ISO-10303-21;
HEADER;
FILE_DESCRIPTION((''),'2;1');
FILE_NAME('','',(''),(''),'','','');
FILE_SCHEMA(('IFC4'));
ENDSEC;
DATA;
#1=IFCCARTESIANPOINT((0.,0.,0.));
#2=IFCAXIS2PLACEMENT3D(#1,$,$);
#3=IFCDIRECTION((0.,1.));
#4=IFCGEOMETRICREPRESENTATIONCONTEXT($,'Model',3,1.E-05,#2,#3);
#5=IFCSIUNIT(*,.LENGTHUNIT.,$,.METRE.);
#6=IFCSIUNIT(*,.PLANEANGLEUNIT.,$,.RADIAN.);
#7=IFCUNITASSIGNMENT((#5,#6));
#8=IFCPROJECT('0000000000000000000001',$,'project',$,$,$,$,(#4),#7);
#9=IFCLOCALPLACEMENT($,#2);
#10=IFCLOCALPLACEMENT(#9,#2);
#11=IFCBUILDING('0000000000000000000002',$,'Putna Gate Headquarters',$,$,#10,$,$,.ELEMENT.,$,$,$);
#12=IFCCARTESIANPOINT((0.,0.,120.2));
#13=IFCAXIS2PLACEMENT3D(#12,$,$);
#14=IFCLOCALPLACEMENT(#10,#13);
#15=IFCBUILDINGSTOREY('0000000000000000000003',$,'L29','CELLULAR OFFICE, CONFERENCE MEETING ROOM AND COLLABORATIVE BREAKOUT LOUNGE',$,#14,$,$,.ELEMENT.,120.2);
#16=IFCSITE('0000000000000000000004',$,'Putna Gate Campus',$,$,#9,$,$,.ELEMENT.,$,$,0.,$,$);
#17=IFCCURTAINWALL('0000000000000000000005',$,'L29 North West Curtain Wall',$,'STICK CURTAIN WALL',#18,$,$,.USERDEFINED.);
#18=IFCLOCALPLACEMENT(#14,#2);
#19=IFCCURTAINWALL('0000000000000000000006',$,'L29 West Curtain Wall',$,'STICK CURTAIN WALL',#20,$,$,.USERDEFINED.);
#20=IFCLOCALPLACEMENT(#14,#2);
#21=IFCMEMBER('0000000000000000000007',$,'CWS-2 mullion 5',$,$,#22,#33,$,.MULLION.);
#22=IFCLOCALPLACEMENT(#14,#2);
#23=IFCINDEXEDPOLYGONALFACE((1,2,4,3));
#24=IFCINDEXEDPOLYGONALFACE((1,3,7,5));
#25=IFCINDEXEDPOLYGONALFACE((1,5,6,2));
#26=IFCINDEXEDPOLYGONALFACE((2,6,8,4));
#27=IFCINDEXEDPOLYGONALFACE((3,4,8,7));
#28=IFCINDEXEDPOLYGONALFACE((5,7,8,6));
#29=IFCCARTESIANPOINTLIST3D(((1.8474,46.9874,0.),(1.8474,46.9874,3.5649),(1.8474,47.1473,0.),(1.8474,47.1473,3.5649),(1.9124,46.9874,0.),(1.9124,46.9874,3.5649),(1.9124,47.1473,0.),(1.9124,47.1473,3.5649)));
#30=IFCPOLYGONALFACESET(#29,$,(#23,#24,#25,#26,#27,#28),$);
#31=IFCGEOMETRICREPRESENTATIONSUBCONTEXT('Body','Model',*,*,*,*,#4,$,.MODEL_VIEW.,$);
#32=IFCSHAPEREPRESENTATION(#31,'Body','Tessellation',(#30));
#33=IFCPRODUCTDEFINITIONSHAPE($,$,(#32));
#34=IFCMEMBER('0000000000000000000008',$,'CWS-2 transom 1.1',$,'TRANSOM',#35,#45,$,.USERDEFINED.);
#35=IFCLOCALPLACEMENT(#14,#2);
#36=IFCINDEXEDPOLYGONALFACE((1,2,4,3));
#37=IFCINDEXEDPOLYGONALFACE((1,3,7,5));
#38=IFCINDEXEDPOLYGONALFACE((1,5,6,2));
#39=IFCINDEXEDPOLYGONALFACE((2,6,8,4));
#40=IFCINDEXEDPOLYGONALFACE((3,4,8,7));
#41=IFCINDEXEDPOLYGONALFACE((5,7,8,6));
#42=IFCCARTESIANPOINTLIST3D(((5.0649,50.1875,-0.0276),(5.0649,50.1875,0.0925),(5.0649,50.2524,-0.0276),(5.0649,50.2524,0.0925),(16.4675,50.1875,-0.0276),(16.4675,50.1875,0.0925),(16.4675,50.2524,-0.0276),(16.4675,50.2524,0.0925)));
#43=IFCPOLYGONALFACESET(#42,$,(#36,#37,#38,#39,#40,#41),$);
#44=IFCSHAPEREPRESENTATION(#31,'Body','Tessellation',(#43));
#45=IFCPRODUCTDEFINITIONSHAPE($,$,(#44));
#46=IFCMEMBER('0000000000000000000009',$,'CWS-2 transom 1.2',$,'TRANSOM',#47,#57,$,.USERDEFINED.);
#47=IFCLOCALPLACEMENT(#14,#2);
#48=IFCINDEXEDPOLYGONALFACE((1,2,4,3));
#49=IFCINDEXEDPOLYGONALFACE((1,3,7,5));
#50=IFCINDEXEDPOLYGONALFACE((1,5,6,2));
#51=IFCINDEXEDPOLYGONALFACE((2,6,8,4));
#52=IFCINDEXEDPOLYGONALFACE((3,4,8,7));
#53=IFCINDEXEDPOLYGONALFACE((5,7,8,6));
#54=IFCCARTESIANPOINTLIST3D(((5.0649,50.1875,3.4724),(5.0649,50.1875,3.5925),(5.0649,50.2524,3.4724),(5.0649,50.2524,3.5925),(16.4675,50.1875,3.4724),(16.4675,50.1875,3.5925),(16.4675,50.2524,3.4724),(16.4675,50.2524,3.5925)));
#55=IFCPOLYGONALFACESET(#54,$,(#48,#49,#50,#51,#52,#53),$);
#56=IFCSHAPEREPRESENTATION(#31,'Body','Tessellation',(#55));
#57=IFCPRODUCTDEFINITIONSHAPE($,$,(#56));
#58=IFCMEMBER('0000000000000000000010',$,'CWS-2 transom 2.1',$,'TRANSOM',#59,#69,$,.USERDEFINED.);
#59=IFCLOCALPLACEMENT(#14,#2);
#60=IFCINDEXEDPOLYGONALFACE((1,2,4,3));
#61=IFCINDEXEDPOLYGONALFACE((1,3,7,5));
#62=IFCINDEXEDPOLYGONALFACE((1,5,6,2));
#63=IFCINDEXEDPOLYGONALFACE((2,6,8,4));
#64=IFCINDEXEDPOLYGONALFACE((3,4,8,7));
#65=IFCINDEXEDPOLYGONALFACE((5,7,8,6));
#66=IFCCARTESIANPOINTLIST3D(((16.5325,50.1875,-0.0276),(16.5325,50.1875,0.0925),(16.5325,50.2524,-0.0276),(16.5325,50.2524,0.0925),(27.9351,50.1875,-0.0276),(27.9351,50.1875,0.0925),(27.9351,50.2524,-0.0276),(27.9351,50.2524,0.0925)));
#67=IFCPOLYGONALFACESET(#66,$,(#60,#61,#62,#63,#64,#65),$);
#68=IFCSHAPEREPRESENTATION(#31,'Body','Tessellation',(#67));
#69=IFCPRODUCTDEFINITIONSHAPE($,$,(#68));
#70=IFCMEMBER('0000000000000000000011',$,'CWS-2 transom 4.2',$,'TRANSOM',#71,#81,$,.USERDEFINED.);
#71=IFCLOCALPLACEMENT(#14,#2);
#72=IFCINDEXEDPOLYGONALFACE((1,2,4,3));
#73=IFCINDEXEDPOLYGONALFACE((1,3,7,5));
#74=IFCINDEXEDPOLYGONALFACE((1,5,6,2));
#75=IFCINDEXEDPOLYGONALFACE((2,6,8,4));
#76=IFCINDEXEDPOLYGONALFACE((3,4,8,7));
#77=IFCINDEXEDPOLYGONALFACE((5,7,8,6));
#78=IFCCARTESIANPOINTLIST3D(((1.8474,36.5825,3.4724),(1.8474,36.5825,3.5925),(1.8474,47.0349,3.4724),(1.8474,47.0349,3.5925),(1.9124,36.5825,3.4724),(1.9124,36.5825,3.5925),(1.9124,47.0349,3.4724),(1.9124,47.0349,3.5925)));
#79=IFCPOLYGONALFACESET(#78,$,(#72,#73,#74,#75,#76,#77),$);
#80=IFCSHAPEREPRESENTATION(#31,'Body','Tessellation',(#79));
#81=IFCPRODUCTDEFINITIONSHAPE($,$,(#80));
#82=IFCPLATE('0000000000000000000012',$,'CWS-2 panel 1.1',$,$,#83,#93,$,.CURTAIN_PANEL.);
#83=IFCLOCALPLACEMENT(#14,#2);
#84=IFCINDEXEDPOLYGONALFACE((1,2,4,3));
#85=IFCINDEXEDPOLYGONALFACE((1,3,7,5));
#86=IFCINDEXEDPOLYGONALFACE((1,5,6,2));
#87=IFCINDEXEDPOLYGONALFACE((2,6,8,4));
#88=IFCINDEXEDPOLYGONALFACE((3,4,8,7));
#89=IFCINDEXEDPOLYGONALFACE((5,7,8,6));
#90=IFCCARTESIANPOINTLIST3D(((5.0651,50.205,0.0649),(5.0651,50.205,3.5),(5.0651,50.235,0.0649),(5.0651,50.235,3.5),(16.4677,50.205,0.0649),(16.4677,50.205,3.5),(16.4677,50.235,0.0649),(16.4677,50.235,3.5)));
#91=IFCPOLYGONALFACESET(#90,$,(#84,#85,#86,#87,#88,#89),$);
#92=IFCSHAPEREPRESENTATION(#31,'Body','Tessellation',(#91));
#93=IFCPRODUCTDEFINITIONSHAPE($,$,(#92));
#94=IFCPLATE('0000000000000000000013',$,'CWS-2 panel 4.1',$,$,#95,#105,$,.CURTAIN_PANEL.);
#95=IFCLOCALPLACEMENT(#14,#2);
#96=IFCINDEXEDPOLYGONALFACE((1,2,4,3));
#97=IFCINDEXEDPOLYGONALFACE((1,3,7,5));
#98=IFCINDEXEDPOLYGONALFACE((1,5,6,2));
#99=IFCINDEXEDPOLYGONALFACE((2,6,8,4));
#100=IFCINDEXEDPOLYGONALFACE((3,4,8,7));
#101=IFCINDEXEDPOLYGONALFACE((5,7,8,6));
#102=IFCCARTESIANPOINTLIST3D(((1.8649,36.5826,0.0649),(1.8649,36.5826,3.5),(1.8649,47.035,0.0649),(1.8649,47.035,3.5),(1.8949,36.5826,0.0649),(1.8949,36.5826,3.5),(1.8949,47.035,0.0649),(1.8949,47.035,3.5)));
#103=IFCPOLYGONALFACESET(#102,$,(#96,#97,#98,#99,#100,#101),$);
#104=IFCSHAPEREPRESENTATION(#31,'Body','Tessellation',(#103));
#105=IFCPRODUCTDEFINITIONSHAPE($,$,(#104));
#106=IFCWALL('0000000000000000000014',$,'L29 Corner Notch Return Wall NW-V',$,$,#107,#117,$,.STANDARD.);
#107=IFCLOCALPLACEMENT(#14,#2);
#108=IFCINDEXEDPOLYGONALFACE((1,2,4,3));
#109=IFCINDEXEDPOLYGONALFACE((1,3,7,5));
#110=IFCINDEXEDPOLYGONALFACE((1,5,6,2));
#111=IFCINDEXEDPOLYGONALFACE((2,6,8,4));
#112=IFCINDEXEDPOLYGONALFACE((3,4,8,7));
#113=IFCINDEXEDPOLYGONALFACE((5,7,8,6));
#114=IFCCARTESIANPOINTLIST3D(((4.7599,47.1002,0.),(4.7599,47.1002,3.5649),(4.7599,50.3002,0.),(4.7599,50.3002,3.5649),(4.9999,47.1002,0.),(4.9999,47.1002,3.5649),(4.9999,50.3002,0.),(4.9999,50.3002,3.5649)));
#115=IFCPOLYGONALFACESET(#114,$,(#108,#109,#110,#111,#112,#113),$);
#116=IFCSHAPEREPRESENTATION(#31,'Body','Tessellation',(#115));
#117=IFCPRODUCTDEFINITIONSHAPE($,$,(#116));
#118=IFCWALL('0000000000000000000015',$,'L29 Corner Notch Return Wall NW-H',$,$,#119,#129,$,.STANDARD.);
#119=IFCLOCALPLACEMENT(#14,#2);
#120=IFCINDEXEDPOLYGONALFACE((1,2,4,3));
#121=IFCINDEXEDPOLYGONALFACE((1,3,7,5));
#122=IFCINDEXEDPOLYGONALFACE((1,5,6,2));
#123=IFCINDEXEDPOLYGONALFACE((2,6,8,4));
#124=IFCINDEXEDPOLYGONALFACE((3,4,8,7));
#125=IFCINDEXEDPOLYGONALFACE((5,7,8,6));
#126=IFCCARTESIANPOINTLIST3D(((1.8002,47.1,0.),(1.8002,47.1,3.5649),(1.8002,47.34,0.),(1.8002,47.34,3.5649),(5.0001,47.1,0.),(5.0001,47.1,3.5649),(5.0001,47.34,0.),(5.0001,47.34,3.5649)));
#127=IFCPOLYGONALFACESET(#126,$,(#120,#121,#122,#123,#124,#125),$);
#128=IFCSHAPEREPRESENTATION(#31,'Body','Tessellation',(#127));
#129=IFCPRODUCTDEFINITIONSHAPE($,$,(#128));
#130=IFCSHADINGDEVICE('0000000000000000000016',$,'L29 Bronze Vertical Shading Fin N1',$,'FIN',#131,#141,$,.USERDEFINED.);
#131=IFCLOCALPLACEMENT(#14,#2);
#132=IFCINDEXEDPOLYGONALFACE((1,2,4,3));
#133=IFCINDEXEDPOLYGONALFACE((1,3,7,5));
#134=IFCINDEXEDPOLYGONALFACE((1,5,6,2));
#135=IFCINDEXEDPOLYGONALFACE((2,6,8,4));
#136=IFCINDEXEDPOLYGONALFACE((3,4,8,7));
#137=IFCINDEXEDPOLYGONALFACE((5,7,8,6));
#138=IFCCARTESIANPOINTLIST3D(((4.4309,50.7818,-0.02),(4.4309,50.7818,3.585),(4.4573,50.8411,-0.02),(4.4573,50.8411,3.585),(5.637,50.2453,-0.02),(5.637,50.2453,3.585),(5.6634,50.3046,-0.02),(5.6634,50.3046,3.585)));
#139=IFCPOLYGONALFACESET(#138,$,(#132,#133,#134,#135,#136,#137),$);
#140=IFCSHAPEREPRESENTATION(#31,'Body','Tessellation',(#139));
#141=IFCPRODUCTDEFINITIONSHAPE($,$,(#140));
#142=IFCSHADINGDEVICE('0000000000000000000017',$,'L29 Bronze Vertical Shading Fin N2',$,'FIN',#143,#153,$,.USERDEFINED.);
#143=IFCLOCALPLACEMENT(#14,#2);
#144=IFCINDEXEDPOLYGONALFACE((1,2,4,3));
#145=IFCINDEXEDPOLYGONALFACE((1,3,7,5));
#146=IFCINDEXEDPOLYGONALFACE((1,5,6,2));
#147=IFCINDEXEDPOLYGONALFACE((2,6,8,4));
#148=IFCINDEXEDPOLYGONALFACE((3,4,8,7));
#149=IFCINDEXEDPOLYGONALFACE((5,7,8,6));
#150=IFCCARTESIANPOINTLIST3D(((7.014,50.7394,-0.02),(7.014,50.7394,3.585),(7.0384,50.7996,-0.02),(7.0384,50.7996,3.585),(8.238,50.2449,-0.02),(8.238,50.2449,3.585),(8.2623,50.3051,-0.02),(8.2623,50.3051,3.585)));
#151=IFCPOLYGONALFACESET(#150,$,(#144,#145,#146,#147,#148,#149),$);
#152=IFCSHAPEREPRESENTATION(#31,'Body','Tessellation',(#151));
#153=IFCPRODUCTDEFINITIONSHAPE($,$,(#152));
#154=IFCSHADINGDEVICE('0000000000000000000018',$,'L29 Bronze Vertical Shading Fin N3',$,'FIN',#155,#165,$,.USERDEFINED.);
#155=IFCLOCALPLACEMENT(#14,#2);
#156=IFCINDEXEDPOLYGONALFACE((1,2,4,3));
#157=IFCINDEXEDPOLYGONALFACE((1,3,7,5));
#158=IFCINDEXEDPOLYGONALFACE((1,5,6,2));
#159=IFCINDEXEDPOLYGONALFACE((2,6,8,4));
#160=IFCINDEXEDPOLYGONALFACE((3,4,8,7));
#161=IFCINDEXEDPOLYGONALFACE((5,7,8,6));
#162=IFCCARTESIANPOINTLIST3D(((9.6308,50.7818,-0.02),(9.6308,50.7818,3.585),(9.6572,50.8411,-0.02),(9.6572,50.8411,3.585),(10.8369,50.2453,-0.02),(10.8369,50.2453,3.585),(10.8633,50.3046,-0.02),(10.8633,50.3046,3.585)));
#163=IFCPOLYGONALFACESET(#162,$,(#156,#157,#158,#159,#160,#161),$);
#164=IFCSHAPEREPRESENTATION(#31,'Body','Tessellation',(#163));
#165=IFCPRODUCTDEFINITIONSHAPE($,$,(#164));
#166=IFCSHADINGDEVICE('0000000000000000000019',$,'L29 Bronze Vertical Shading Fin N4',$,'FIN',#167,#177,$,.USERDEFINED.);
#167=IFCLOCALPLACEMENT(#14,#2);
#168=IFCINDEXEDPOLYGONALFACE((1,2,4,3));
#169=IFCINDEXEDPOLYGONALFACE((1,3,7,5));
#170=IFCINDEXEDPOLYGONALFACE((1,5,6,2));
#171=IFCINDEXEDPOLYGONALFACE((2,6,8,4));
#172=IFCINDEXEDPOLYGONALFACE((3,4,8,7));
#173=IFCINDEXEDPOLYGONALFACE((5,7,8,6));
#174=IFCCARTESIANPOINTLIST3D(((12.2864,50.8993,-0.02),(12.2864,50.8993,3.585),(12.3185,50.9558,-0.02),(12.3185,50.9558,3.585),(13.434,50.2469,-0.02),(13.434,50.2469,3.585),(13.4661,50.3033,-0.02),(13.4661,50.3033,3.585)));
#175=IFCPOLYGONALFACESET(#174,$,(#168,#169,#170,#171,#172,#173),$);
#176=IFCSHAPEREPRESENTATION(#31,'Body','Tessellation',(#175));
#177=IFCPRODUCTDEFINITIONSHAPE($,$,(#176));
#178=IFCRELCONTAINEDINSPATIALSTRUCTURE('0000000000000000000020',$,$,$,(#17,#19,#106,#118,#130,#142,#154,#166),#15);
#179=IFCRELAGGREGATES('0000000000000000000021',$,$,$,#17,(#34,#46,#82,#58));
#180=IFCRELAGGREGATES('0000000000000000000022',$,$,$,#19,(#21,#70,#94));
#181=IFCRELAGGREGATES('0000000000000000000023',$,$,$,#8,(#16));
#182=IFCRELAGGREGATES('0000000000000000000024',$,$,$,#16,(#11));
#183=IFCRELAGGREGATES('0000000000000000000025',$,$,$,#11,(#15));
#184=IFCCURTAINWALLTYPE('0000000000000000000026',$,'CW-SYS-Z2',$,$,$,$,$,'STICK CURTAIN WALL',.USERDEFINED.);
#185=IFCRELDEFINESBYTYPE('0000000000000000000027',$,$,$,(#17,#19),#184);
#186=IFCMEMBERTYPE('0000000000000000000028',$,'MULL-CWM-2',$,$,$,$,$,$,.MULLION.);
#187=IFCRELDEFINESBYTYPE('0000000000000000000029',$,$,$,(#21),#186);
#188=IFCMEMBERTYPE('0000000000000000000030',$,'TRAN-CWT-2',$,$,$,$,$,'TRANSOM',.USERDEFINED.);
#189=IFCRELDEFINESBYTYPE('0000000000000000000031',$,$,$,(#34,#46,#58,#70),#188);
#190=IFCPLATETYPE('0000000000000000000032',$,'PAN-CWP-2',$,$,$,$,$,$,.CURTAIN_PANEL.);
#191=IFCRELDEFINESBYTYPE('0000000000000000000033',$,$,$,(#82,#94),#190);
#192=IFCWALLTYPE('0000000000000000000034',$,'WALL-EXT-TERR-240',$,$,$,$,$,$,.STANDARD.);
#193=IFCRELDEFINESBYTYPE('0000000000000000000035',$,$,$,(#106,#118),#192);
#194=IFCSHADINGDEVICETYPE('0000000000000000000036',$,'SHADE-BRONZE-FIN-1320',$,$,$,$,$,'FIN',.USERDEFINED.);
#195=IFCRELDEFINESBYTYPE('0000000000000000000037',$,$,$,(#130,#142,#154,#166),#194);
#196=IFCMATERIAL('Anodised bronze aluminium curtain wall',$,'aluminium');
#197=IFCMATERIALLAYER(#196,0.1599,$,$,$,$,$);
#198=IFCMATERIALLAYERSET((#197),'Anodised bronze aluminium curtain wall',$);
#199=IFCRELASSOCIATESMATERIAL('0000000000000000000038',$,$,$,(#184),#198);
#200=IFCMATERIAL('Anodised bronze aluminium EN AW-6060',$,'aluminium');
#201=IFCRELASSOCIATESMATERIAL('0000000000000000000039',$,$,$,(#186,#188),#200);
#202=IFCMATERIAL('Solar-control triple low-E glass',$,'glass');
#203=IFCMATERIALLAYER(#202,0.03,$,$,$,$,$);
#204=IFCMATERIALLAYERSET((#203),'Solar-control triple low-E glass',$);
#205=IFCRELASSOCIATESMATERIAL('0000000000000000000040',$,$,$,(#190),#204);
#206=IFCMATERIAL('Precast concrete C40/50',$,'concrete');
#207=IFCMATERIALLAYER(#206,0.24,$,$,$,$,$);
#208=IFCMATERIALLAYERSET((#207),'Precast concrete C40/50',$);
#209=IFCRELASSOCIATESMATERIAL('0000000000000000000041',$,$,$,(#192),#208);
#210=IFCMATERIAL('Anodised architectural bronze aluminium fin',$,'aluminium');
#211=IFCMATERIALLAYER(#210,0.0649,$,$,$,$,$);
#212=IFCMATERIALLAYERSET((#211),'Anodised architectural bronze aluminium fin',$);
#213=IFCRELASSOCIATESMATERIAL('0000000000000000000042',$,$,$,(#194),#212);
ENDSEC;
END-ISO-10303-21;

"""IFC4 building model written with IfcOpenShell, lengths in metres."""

from ifc_helpers import new_model, si_unit, direction, frame, frame_2d, origin, origin_2d, place, context, subcontext, project, spatial, rectangle, extrude, material, layer, layer_set, material_profile, profile_set, type_object, element, aggregate, save


model = new_model("IFC4")

# Units and contexts
model_context = context("Model", 3, precision=1e-05, world=origin(), true_north=direction((0.0, 1.0)))
body_context = subcontext(model_context, "Body", "Model", "MODEL_VIEW")
ifc_project = project(units=[si_unit("LENGTHUNIT", "METRE"), si_unit("PLANEANGLEUNIT", "RADIAN")], contexts=[model_context])

# Site, building, storey
site_placement = place(None, origin())
site = spatial("IfcSite", under=ifc_project, at=site_placement, Name="Putna Gate Campus", CompositionType="ELEMENT", RefElevation=0.0)
building_placement = place(site_placement, origin())
building = spatial("IfcBuilding", under=site, at=building_placement, Name="Putna Gate Headquarters", CompositionType="ELEMENT")
storey_placement = place(building_placement, frame((0.0, 0.0, 120.2)))
storey = spatial("IfcBuildingStorey", under=building, at=storey_placement, Name="L29", Description="CELLULAR OFFICE, CONFERENCE MEETING ROOM AND COLLABORATIVE BREAKOUT LOUNGE", CompositionType="ELEMENT", Elevation=120.2)

# Curtain wall
ifc_material_1 = material(Name="Anodised bronze aluminium curtain wall", Category="aluminium")
ifc_layer_1 = layer(ifc_material_1, 0.1599)
ifc_layer_set_1 = layer_set([ifc_layer_1], Name="Anodised bronze aluminium curtain wall")
curtain_wall_type = type_object("IfcCurtainWallType", Name="CW-SYS-Z2", ElementType="STICK CURTAIN WALL", PredefinedType="USERDEFINED", material=ifc_layer_set_1)
curtain_wall_1_placement = place(storey_placement, origin())
curtain_wall_1 = element("IfcCurtainWall", 1, at=curtain_wall_1_placement, inside=storey, type_object=curtain_wall_type, Name="L29 North West Curtain Wall", ObjectType="STICK CURTAIN WALL", PredefinedType="USERDEFINED")
ifc_material_2 = material(Name="Anodised bronze aluminium EN AW-6060", Category="aluminium")
ifc_material_profile_1 = material_profile(ifc_material_2, rectangle(XDim=0.0649, YDim=0.1599, at=origin_2d()), Name="Anodised bronze aluminium EN AW-6060")
ifc_profile_set_1 = profile_set([ifc_material_profile_1], Name="Anodised bronze aluminium EN AW-6060")
member_type_1 = type_object("IfcMemberType", Name="MULL-CWM-2", PredefinedType="MULLION", material=ifc_profile_set_1)

# Curtain wall, member
curtain_wall_2_placement = place(storey_placement, origin())
curtain_wall_2 = element("IfcCurtainWall", 2, at=curtain_wall_2_placement, inside=storey, type_object=curtain_wall_type, Name="L29 West Curtain Wall", ObjectType="STICK CURTAIN WALL", PredefinedType="USERDEFINED")
member_1_placement = place(storey_placement, frame((1.8799, 47.0674, 0.0), z_axis=(0.0, 0.0, 1.0), x_axis=(-1.0, 0.0, 0.0)))
member_1 = element("IfcMember", 3, at=member_1_placement, type_object=member_type_1, Name="CWS-2 mullion 5", PredefinedType="MULLION", context=body_context, shape_type="SweptSolid", body=[
    extrude(rectangle(XDim=0.0649, YDim=0.1599, at=origin_2d()), origin(), (0.0, 0.0, 1.0), 3.5649),
])

# Members
ifc_material_profile_2 = material_profile(ifc_material_2, rectangle(XDim=0.0649, YDim=0.1201, at=origin_2d()), Name="Anodised bronze aluminium EN AW-6060")
ifc_profile_set_2 = profile_set([ifc_material_profile_2], Name="Anodised bronze aluminium EN AW-6060")
member_type_2 = type_object("IfcMemberType", Name="TRAN-CWT-2", ElementType="TRANSOM", PredefinedType="USERDEFINED", material=ifc_profile_set_2)
member_2_placement = place(storey_placement, frame((5.0649, 50.22, 0.0325), z_axis=(1.0, 0.0, 0.0), x_axis=(0.0, 1.0, 0.0)))
member_2 = element("IfcMember", 4, at=member_2_placement, type_object=member_type_2, Name="CWS-2 transom 1.1", ObjectType="TRANSOM", PredefinedType="USERDEFINED", context=body_context, shape_type="SweptSolid", body=[
    extrude(rectangle(XDim=0.0649, YDim=0.1201, at=origin_2d()), origin(), (0.0, 0.0, 1.0), 11.4026),
])
member_3_placement = place(storey_placement, frame((5.0649, 50.22, 3.5325), z_axis=(1.0, 0.0, 0.0), x_axis=(0.0, 1.0, 0.0)))
member_3 = element("IfcMember", 5, at=member_3_placement, type_object=member_type_2, Name="CWS-2 transom 1.2", ObjectType="TRANSOM", PredefinedType="USERDEFINED", context=body_context, shape_type="SweptSolid", body=[
    extrude(rectangle(XDim=0.0649, YDim=0.1201, at=origin_2d()), origin(), (0.0, 0.0, 1.0), 11.4026),
])
member_4_placement = place(storey_placement, frame((16.5325, 50.22, 0.0325), z_axis=(1.0, 0.0, 0.0), x_axis=(0.0, 1.0, 0.0)))
member_4 = element("IfcMember", 6, at=member_4_placement, type_object=member_type_2, Name="CWS-2 transom 2.1", ObjectType="TRANSOM", PredefinedType="USERDEFINED", context=body_context, shape_type="SweptSolid", body=[
    extrude(rectangle(XDim=0.0649, YDim=0.1201, at=origin_2d()), origin(), (0.0, 0.0, 1.0), 11.4026),
])
member_5_placement = place(storey_placement, frame((1.8799, 36.5825, 3.5325), z_axis=(0.0, 1.0, 0.0), x_axis=(-1.0, 0.0, 0.0)))
member_5 = element("IfcMember", 7, at=member_5_placement, type_object=member_type_2, Name="CWS-2 transom 4.2", ObjectType="TRANSOM", PredefinedType="USERDEFINED", context=body_context, shape_type="SweptSolid", body=[
    extrude(rectangle(XDim=0.0649, YDim=0.1201, at=origin_2d()), origin(), (0.0, 0.0, 1.0), 10.4524),
])

# Plates
ifc_material_3 = material(Name="Solar-control triple low-E glass", Category="glass")
ifc_layer_2 = layer(ifc_material_3, 0.03)
ifc_layer_set_2 = layer_set([ifc_layer_2], Name="Solar-control triple low-E glass")
plate_type = type_object("IfcPlateType", Name="PAN-CWP-2", PredefinedType="CURTAIN_PANEL", material=ifc_layer_set_2)
plate_1_placement = place(storey_placement, frame((10.7664, 50.22, 0.0649), z_axis=(0.0, 0.0, 1.0), x_axis=(1.0, 0.0, 0.0)))
plate_1 = element("IfcPlate", 8, at=plate_1_placement, type_object=plate_type, Name="CWS-2 panel 1.1", PredefinedType="CURTAIN_PANEL", context=body_context, shape_type="SweptSolid", body=[
    extrude(rectangle(XDim=11.4026, YDim=0.03, at=origin_2d()), origin(), (0.0, 0.0, 1.0), 3.4351),
])
aggregate(curtain_wall_1, [member_2, member_3, plate_1, member_4])
plate_2_placement = place(storey_placement, frame((1.8799, 41.8088, 0.0649), z_axis=(0.0, 0.0, 1.0), x_axis=(0.0, 1.0, 0.0)))
plate_2 = element("IfcPlate", 9, at=plate_2_placement, type_object=plate_type, Name="CWS-2 panel 4.1", PredefinedType="CURTAIN_PANEL", context=body_context, shape_type="SweptSolid", body=[
    extrude(rectangle(XDim=10.4524, YDim=0.03, at=origin_2d()), origin(), (0.0, 0.0, 1.0), 3.4351),
])
aggregate(curtain_wall_2, [member_1, member_5, plate_2])

# Walls
ifc_material_4 = material(Name="Precast concrete C40/50", Category="concrete")
ifc_layer_3 = layer(ifc_material_4, 0.24)
ifc_layer_set_3 = layer_set([ifc_layer_3], Name="Precast concrete C40/50")
wall_type = type_object("IfcWallType", Name="WALL-EXT-TERR-240", PredefinedType="STANDARD", material=ifc_layer_set_3)
for number, where, z_axis, x_axis, name in (
    (10, (4.8799, 47.1001, 0.0), (0.0, 0.0, 1.0), (0.0, 1.0, 0.0), "L29 Corner Notch Return Wall NW-V"),
    (11, (1.8, 47.22, 0.0), (0.0, 0.0, 1.0), (1.0, 0.0, 0.0), "L29 Corner Notch Return Wall NW-H"),
):
    element("IfcWall", number, at=place(storey_placement, frame(where, z_axis=z_axis, x_axis=x_axis)), inside=storey, type_object=wall_type, Name=name, PredefinedType="STANDARD", context=body_context, shape_type="SweptSolid", body=[
        extrude(rectangle(XDim=3.2, YDim=0.24, at=frame_2d((1.6001, 0.0))), origin(), (0.0, 0.0, 1.0), 3.5649),
    ])

# Shading devices
ifc_material_5 = material(Name="Anodised architectural bronze aluminium fin", Category="aluminium")
ifc_layer_4 = layer(ifc_material_5, 0.0649)
ifc_layer_set_4 = layer_set([ifc_layer_4], Name="Anodised architectural bronze aluminium fin")
shading_device_type = type_object("IfcShadingDeviceType", Name="SHADE-BRONZE-FIN-1320", ElementType="FIN", PredefinedType="USERDEFINED", material=ifc_layer_set_4)
for number, where, z_axis, x_axis, name in (
    (12, (5.0471, 50.5432, -0.02), (0.0, 0.0, 1.0), (-0.913687, 0.406418, 0.0), "L29 Bronze Vertical Shading Fin N1"),
    (13, (7.6382, 50.5222, -0.02), (0.0, 0.0, 1.0), (-0.927184, 0.374607, 0.0), "L29 Bronze Vertical Shading Fin N2"),
    (14, (10.2471, 50.5432, -0.02), (0.0, 0.0, 1.0), (-0.913687, 0.406418, 0.0), "L29 Bronze Vertical Shading Fin N3"),
    (15, (12.8762, 50.6013, -0.02), (0.0, 0.0, 1.0), (-0.869322, 0.494245, 0.0), "L29 Bronze Vertical Shading Fin N4"),
):
    element("IfcShadingDevice", number, at=place(storey_placement, frame(where, z_axis=z_axis, x_axis=x_axis)), inside=storey, type_object=shading_device_type, Name=name, ObjectType="FIN", PredefinedType="USERDEFINED", context=body_context, shape_type="SweptSolid", body=[
        extrude(rectangle(XDim=1.3201, YDim=0.0649, at=origin_2d()), origin(), (0.0, 0.0, 1.0), 3.605),
    ])

save(model, "model.ifc")
